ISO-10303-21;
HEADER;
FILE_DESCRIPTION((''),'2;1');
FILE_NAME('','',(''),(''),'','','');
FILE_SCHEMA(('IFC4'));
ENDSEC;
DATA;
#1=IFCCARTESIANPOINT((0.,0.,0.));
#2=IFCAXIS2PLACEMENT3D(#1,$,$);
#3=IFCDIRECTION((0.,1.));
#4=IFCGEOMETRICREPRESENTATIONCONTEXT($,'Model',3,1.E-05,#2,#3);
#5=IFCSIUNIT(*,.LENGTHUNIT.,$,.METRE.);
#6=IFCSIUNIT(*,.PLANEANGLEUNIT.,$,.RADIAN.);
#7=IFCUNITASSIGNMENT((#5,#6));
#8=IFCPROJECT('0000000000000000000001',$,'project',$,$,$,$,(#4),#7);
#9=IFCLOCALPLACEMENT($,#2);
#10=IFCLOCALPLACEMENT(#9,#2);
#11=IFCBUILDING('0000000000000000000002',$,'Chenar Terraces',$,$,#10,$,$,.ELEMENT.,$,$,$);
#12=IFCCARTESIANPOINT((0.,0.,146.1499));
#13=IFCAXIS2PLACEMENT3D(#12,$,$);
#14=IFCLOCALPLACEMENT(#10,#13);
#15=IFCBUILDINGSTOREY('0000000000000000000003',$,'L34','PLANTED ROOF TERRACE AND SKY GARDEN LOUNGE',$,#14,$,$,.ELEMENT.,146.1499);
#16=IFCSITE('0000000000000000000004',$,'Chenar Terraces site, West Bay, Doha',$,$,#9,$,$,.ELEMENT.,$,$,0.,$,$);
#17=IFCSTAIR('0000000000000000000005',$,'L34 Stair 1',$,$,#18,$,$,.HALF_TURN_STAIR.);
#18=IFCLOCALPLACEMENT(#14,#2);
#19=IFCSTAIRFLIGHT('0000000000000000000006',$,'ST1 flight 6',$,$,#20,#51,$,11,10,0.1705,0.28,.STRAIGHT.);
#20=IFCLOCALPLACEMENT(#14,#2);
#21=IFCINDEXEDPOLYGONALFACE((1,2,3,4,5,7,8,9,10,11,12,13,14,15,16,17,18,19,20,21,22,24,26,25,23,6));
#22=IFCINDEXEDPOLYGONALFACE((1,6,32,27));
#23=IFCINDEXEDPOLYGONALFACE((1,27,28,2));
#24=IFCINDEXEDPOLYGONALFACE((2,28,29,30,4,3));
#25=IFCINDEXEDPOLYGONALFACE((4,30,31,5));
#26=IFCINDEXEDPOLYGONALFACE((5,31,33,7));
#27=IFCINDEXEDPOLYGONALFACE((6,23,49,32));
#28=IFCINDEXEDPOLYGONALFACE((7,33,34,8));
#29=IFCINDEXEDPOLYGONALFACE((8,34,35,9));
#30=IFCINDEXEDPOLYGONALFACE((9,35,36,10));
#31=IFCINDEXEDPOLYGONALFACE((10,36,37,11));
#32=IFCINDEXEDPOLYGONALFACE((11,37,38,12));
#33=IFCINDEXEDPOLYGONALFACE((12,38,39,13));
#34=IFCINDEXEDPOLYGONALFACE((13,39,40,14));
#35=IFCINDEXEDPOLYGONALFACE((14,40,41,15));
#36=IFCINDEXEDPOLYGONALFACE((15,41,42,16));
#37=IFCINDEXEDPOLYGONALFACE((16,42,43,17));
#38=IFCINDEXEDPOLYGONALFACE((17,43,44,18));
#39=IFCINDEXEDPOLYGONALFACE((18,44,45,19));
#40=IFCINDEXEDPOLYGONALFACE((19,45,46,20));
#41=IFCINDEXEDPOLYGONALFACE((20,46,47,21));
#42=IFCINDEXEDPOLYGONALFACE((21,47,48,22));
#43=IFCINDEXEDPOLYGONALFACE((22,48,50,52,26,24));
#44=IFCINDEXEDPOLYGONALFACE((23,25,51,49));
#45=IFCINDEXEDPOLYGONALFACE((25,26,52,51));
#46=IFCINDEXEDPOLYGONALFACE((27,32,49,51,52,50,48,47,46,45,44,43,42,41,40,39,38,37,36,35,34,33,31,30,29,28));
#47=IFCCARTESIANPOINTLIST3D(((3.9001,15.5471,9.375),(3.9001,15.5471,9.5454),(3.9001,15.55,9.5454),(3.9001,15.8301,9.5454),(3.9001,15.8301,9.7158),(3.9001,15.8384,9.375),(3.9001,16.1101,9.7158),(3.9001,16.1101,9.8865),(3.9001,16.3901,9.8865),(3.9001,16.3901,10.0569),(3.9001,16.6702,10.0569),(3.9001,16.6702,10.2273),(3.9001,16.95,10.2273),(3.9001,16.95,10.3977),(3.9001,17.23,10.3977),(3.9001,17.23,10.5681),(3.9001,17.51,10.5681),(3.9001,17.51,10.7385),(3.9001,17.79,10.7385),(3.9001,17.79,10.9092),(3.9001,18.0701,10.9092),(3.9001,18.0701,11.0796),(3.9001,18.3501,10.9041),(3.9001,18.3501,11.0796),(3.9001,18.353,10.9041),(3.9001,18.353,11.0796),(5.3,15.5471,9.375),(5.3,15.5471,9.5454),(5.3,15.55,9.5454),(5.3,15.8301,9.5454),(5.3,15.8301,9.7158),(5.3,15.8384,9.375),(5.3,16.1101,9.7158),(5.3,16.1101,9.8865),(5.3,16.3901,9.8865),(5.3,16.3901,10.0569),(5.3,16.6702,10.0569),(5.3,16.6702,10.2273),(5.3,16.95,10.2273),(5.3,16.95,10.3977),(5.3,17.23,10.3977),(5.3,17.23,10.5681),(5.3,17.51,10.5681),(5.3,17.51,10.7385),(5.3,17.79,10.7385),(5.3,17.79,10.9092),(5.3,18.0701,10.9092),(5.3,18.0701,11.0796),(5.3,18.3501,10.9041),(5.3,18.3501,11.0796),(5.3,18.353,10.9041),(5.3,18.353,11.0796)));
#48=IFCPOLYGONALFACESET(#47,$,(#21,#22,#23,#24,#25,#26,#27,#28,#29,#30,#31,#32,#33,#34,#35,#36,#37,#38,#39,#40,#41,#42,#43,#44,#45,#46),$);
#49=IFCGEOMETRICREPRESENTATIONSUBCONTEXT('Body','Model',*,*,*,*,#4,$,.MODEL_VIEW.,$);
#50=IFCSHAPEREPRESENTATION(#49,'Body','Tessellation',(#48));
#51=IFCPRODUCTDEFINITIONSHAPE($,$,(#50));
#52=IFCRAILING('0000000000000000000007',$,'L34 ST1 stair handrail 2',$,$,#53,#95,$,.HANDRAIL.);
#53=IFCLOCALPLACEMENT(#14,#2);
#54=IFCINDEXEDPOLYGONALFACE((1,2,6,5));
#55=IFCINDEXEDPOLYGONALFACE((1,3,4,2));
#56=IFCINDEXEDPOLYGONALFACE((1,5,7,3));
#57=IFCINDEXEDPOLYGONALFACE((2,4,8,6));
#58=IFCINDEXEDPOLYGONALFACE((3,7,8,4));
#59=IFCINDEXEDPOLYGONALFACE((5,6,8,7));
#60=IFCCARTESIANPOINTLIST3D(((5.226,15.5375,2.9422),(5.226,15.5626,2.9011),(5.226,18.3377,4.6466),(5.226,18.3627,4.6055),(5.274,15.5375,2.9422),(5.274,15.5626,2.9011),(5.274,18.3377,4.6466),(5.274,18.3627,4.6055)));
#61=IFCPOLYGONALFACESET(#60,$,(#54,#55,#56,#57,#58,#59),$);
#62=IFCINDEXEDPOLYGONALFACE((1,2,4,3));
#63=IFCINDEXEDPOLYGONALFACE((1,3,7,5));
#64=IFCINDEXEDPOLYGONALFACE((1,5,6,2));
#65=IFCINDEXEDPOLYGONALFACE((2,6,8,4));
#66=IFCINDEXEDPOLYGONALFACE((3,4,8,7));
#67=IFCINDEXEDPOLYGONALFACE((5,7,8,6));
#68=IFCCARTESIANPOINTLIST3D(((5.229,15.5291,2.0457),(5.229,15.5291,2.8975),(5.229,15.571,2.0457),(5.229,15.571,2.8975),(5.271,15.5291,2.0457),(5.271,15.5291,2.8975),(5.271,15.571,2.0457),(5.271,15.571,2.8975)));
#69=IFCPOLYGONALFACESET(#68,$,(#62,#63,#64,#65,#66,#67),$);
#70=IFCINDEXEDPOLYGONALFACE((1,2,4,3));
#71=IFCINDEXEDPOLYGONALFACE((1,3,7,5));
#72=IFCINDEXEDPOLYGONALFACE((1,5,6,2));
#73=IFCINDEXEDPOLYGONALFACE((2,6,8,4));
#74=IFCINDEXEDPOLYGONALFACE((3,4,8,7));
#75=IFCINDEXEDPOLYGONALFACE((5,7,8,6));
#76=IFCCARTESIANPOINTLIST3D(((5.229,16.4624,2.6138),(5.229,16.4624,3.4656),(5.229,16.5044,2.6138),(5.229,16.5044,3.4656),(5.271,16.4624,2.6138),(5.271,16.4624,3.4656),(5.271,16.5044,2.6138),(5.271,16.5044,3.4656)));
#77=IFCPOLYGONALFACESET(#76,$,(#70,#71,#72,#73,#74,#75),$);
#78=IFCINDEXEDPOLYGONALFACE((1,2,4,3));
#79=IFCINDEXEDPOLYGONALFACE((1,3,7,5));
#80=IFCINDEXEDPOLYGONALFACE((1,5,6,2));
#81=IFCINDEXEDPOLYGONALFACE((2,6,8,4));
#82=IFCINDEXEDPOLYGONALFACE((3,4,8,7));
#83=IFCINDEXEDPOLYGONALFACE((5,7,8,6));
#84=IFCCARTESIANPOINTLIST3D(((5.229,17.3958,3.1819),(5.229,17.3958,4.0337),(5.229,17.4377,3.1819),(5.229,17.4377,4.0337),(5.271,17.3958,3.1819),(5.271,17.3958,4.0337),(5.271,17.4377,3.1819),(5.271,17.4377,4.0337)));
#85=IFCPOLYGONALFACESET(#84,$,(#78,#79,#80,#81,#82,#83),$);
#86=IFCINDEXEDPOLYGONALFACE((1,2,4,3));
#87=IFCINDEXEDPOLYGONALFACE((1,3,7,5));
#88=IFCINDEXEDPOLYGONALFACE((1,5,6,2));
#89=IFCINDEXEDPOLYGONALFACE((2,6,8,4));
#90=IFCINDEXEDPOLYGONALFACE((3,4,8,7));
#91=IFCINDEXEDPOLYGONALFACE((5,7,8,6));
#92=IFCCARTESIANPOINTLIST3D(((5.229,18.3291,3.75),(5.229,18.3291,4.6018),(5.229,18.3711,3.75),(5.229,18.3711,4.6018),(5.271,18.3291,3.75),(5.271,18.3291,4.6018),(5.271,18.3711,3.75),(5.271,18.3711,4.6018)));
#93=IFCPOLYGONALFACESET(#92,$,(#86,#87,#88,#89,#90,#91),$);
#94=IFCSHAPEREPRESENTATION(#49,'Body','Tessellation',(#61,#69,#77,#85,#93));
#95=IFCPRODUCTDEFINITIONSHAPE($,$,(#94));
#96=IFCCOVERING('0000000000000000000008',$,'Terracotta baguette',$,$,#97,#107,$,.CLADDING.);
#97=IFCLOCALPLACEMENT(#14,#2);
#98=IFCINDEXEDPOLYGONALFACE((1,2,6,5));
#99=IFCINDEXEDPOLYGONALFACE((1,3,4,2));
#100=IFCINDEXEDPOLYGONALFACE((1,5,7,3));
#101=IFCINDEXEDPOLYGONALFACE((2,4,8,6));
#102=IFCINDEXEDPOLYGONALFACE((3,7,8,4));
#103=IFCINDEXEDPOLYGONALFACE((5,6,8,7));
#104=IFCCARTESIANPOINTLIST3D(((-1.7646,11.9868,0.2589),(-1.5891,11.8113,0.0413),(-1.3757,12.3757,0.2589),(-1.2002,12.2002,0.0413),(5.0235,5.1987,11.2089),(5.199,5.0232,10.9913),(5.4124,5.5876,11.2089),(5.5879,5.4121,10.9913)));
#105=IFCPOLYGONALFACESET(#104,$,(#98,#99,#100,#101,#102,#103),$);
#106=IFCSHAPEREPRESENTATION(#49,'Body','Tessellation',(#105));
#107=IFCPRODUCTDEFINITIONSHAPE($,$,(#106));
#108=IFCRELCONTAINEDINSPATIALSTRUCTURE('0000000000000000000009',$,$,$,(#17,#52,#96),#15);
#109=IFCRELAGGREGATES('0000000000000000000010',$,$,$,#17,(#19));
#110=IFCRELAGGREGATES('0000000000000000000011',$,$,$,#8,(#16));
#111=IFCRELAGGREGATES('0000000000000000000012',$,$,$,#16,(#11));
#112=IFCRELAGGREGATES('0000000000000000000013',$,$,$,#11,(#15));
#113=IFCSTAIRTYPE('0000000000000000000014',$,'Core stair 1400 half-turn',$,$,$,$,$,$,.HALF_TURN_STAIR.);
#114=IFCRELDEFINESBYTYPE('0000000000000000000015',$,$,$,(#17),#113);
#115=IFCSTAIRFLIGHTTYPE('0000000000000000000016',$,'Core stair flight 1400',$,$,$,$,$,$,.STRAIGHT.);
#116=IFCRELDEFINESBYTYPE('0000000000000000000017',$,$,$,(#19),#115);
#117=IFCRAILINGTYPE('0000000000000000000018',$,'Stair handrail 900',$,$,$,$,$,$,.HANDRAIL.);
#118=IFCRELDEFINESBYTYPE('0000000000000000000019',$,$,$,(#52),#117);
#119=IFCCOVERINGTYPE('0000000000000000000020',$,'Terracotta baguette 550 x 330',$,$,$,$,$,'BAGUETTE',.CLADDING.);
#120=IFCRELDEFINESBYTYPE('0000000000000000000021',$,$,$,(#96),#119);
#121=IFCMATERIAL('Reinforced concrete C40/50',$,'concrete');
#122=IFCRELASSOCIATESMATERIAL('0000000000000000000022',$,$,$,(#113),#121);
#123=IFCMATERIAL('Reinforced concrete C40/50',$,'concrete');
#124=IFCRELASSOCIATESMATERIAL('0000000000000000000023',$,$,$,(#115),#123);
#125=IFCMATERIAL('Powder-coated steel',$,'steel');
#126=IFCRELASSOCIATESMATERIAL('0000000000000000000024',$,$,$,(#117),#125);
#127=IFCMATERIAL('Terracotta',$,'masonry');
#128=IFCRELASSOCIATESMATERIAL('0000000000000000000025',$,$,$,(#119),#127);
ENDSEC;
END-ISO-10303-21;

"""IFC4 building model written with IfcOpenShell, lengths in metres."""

from ifc_helpers import new_model, si_unit, direction, frame, origin, origin_2d, place, context, subcontext, project, spatial, polyline, rectangle, outline, extrude, material, material_profile, profile_set, type_object, element, aggregate, save


model = new_model("IFC4")

# Units and contexts
model_context = context("Model", 3, precision=1e-05, world=origin(), true_north=direction((0.0, 1.0)))
body_context = subcontext(model_context, "Body", "Model", "MODEL_VIEW")
ifc_project = project(units=[si_unit("LENGTHUNIT", "METRE"), si_unit("PLANEANGLEUNIT", "RADIAN")], contexts=[model_context])

# Site, building, storey
site_placement = place(None, origin())
site = spatial("IfcSite", under=ifc_project, at=site_placement, Name="Chenar Terraces site, West Bay, Doha", CompositionType="ELEMENT", RefElevation=0.0)
building_placement = place(site_placement, origin())
building = spatial("IfcBuilding", under=site, at=building_placement, Name="Chenar Terraces", CompositionType="ELEMENT")
storey_placement = place(building_placement, frame((0.0, 0.0, 146.1499)))
storey = spatial("IfcBuildingStorey", under=building, at=storey_placement, Name="L34", Description="PLANTED ROOF TERRACE AND SKY GARDEN LOUNGE", CompositionType="ELEMENT", Elevation=146.1499)

# Stair
ifc_material_1 = material(Name="Reinforced concrete C40/50", Category="concrete")
stair_type = type_object("IfcStairType", Name="Core stair 1400 half-turn", PredefinedType="HALF_TURN_STAIR", material=ifc_material_1)
placement_1 = place(storey_placement, origin())
stair_1 = element("IfcStair", 1, at=placement_1, inside=storey, type_object=stair_type, Name="L34 Stair 1", PredefinedType="HALF_TURN_STAIR")

# Stair flight
ifc_material_2 = material(Name="Reinforced concrete C40/50", Category="concrete")
stair_flight_type = type_object("IfcStairFlightType", Name="Core stair flight 1400", PredefinedType="STRAIGHT", material=ifc_material_2)
stair_flight_1_placement = place(storey_placement, frame((4.6001, 15.55, 9.375), z_axis=(0.0, 0.0, 1.0), x_axis=(0.0, 1.0, 0.0)))
stair_flight_1 = element("IfcStairFlight", 2, at=stair_flight_1_placement, type_object=stair_flight_type, Name="ST1 flight 6", NumberOfRisers=11, NumberOfTreads=10, PredefinedType="STRAIGHT", RiserHeight=0.1705, TreadLength=0.28, context=body_context, shape_type="SweptSolid", body=[
    extrude(outline(polyline([(-0.0029, 0.0), (-0.0029, 0.1704), (0.0, 0.1704), (0.28, 0.1704), (0.28, 0.3408), (0.5601, 0.3408), (0.5601, 0.5115), (0.8401, 0.5115), (0.8401, 0.6819), (1.1201, 0.6819), (1.1201, 0.8523), (1.3999, 0.8523), (1.3999, 1.0227), (1.6799, 1.0227), (1.6799, 1.1931), (1.96, 1.1931), (1.96, 1.3635), (2.24, 1.3635), (2.24, 1.5342), (2.52, 1.5342), (2.52, 1.7046), (2.8, 1.7046), (2.803, 1.7046), (2.803, 1.5291), (2.8, 1.5291), (0.2883, 0.0), (-0.0029, 0.0)])), frame((0.0, 0.7, 0.0), z_axis=(0.0, -1.0, 0.0), x_axis=(1.0, 0.0, 0.0)), (0.0, 0.0, 1.0), 1.3999),
])
aggregate(stair_1, [stair_flight_1])

# Railing
ifc_material_3 = material(Name="Powder-coated steel", Category="steel")
railing_type = type_object("IfcRailingType", Name="Stair handrail 900", PredefinedType="HANDRAIL", material=ifc_material_3)
railing_placement = place(storey_placement, frame((5.25, 15.55, 2.0457)))
element("IfcRailing", 3, at=railing_placement, inside=storey, type_object=railing_type, Name="L34 ST1 stair handrail 2", PredefinedType="HANDRAIL", context=body_context, shape_type="SweptSolid", body=[
    extrude(rectangle(XDim=0.0481, YDim=0.0481, at=origin_2d()), frame((0.0, 0.0, 0.876), z_axis=(0.0, 0.854203, 0.51994), x_axis=(-1.0, 0.0, 0.0)), (0.0, 0.0, 1.0), 3.2781),
    extrude(rectangle(XDim=0.042, YDim=0.042, at=origin_2d()), origin(), (0.0, 0.0, 1.0), 0.8518),
    extrude(rectangle(XDim=0.042, YDim=0.042, at=origin_2d()), frame((0.0, 0.9333, 0.5681)), (0.0, 0.0, 1.0), 0.8518),
    extrude(rectangle(XDim=0.042, YDim=0.042, at=origin_2d()), frame((0.0, 1.8667, 1.1362)), (0.0, 0.0, 1.0), 0.8518),
    extrude(rectangle(XDim=0.042, YDim=0.042, at=origin_2d()), frame((0.0, 2.8, 1.7043)), (0.0, 0.0, 1.0), 0.8518),
])

# Covering
ifc_material_4 = material(Name="Terracotta", Category="masonry")
ifc_material_profile = material_profile(ifc_material_4, rectangle(XDim=0.55, YDim=0.3301, at=origin_2d()), Name="Terracotta baguette 550 x 330")
ifc_profile_set = profile_set([ifc_material_profile], Name="Terracotta")
covering_type = type_object("IfcCoveringType", Name="Terracotta baguette 550 x 330", ElementType="BAGUETTE", PredefinedType="CLADDING", material=ifc_profile_set)
covering_placement = place(storey_placement, frame((-1.4824, 12.0935, 0.1501), z_axis=(0.466144, -0.466144, 0.751943), x_axis=(0.707107, 0.707107, 0.0)))
element("IfcCovering", 4, at=covering_placement, inside=storey, type_object=covering_type, Name="Terracotta baguette", PredefinedType="CLADDING", context=body_context, shape_type="SweptSolid", body=[
    extrude(rectangle(XDim=0.55, YDim=0.3301, at=origin_2d()), origin(), (0.0, 0.0, 1.0), 14.5623),
])

save(model, "model.ifc")
